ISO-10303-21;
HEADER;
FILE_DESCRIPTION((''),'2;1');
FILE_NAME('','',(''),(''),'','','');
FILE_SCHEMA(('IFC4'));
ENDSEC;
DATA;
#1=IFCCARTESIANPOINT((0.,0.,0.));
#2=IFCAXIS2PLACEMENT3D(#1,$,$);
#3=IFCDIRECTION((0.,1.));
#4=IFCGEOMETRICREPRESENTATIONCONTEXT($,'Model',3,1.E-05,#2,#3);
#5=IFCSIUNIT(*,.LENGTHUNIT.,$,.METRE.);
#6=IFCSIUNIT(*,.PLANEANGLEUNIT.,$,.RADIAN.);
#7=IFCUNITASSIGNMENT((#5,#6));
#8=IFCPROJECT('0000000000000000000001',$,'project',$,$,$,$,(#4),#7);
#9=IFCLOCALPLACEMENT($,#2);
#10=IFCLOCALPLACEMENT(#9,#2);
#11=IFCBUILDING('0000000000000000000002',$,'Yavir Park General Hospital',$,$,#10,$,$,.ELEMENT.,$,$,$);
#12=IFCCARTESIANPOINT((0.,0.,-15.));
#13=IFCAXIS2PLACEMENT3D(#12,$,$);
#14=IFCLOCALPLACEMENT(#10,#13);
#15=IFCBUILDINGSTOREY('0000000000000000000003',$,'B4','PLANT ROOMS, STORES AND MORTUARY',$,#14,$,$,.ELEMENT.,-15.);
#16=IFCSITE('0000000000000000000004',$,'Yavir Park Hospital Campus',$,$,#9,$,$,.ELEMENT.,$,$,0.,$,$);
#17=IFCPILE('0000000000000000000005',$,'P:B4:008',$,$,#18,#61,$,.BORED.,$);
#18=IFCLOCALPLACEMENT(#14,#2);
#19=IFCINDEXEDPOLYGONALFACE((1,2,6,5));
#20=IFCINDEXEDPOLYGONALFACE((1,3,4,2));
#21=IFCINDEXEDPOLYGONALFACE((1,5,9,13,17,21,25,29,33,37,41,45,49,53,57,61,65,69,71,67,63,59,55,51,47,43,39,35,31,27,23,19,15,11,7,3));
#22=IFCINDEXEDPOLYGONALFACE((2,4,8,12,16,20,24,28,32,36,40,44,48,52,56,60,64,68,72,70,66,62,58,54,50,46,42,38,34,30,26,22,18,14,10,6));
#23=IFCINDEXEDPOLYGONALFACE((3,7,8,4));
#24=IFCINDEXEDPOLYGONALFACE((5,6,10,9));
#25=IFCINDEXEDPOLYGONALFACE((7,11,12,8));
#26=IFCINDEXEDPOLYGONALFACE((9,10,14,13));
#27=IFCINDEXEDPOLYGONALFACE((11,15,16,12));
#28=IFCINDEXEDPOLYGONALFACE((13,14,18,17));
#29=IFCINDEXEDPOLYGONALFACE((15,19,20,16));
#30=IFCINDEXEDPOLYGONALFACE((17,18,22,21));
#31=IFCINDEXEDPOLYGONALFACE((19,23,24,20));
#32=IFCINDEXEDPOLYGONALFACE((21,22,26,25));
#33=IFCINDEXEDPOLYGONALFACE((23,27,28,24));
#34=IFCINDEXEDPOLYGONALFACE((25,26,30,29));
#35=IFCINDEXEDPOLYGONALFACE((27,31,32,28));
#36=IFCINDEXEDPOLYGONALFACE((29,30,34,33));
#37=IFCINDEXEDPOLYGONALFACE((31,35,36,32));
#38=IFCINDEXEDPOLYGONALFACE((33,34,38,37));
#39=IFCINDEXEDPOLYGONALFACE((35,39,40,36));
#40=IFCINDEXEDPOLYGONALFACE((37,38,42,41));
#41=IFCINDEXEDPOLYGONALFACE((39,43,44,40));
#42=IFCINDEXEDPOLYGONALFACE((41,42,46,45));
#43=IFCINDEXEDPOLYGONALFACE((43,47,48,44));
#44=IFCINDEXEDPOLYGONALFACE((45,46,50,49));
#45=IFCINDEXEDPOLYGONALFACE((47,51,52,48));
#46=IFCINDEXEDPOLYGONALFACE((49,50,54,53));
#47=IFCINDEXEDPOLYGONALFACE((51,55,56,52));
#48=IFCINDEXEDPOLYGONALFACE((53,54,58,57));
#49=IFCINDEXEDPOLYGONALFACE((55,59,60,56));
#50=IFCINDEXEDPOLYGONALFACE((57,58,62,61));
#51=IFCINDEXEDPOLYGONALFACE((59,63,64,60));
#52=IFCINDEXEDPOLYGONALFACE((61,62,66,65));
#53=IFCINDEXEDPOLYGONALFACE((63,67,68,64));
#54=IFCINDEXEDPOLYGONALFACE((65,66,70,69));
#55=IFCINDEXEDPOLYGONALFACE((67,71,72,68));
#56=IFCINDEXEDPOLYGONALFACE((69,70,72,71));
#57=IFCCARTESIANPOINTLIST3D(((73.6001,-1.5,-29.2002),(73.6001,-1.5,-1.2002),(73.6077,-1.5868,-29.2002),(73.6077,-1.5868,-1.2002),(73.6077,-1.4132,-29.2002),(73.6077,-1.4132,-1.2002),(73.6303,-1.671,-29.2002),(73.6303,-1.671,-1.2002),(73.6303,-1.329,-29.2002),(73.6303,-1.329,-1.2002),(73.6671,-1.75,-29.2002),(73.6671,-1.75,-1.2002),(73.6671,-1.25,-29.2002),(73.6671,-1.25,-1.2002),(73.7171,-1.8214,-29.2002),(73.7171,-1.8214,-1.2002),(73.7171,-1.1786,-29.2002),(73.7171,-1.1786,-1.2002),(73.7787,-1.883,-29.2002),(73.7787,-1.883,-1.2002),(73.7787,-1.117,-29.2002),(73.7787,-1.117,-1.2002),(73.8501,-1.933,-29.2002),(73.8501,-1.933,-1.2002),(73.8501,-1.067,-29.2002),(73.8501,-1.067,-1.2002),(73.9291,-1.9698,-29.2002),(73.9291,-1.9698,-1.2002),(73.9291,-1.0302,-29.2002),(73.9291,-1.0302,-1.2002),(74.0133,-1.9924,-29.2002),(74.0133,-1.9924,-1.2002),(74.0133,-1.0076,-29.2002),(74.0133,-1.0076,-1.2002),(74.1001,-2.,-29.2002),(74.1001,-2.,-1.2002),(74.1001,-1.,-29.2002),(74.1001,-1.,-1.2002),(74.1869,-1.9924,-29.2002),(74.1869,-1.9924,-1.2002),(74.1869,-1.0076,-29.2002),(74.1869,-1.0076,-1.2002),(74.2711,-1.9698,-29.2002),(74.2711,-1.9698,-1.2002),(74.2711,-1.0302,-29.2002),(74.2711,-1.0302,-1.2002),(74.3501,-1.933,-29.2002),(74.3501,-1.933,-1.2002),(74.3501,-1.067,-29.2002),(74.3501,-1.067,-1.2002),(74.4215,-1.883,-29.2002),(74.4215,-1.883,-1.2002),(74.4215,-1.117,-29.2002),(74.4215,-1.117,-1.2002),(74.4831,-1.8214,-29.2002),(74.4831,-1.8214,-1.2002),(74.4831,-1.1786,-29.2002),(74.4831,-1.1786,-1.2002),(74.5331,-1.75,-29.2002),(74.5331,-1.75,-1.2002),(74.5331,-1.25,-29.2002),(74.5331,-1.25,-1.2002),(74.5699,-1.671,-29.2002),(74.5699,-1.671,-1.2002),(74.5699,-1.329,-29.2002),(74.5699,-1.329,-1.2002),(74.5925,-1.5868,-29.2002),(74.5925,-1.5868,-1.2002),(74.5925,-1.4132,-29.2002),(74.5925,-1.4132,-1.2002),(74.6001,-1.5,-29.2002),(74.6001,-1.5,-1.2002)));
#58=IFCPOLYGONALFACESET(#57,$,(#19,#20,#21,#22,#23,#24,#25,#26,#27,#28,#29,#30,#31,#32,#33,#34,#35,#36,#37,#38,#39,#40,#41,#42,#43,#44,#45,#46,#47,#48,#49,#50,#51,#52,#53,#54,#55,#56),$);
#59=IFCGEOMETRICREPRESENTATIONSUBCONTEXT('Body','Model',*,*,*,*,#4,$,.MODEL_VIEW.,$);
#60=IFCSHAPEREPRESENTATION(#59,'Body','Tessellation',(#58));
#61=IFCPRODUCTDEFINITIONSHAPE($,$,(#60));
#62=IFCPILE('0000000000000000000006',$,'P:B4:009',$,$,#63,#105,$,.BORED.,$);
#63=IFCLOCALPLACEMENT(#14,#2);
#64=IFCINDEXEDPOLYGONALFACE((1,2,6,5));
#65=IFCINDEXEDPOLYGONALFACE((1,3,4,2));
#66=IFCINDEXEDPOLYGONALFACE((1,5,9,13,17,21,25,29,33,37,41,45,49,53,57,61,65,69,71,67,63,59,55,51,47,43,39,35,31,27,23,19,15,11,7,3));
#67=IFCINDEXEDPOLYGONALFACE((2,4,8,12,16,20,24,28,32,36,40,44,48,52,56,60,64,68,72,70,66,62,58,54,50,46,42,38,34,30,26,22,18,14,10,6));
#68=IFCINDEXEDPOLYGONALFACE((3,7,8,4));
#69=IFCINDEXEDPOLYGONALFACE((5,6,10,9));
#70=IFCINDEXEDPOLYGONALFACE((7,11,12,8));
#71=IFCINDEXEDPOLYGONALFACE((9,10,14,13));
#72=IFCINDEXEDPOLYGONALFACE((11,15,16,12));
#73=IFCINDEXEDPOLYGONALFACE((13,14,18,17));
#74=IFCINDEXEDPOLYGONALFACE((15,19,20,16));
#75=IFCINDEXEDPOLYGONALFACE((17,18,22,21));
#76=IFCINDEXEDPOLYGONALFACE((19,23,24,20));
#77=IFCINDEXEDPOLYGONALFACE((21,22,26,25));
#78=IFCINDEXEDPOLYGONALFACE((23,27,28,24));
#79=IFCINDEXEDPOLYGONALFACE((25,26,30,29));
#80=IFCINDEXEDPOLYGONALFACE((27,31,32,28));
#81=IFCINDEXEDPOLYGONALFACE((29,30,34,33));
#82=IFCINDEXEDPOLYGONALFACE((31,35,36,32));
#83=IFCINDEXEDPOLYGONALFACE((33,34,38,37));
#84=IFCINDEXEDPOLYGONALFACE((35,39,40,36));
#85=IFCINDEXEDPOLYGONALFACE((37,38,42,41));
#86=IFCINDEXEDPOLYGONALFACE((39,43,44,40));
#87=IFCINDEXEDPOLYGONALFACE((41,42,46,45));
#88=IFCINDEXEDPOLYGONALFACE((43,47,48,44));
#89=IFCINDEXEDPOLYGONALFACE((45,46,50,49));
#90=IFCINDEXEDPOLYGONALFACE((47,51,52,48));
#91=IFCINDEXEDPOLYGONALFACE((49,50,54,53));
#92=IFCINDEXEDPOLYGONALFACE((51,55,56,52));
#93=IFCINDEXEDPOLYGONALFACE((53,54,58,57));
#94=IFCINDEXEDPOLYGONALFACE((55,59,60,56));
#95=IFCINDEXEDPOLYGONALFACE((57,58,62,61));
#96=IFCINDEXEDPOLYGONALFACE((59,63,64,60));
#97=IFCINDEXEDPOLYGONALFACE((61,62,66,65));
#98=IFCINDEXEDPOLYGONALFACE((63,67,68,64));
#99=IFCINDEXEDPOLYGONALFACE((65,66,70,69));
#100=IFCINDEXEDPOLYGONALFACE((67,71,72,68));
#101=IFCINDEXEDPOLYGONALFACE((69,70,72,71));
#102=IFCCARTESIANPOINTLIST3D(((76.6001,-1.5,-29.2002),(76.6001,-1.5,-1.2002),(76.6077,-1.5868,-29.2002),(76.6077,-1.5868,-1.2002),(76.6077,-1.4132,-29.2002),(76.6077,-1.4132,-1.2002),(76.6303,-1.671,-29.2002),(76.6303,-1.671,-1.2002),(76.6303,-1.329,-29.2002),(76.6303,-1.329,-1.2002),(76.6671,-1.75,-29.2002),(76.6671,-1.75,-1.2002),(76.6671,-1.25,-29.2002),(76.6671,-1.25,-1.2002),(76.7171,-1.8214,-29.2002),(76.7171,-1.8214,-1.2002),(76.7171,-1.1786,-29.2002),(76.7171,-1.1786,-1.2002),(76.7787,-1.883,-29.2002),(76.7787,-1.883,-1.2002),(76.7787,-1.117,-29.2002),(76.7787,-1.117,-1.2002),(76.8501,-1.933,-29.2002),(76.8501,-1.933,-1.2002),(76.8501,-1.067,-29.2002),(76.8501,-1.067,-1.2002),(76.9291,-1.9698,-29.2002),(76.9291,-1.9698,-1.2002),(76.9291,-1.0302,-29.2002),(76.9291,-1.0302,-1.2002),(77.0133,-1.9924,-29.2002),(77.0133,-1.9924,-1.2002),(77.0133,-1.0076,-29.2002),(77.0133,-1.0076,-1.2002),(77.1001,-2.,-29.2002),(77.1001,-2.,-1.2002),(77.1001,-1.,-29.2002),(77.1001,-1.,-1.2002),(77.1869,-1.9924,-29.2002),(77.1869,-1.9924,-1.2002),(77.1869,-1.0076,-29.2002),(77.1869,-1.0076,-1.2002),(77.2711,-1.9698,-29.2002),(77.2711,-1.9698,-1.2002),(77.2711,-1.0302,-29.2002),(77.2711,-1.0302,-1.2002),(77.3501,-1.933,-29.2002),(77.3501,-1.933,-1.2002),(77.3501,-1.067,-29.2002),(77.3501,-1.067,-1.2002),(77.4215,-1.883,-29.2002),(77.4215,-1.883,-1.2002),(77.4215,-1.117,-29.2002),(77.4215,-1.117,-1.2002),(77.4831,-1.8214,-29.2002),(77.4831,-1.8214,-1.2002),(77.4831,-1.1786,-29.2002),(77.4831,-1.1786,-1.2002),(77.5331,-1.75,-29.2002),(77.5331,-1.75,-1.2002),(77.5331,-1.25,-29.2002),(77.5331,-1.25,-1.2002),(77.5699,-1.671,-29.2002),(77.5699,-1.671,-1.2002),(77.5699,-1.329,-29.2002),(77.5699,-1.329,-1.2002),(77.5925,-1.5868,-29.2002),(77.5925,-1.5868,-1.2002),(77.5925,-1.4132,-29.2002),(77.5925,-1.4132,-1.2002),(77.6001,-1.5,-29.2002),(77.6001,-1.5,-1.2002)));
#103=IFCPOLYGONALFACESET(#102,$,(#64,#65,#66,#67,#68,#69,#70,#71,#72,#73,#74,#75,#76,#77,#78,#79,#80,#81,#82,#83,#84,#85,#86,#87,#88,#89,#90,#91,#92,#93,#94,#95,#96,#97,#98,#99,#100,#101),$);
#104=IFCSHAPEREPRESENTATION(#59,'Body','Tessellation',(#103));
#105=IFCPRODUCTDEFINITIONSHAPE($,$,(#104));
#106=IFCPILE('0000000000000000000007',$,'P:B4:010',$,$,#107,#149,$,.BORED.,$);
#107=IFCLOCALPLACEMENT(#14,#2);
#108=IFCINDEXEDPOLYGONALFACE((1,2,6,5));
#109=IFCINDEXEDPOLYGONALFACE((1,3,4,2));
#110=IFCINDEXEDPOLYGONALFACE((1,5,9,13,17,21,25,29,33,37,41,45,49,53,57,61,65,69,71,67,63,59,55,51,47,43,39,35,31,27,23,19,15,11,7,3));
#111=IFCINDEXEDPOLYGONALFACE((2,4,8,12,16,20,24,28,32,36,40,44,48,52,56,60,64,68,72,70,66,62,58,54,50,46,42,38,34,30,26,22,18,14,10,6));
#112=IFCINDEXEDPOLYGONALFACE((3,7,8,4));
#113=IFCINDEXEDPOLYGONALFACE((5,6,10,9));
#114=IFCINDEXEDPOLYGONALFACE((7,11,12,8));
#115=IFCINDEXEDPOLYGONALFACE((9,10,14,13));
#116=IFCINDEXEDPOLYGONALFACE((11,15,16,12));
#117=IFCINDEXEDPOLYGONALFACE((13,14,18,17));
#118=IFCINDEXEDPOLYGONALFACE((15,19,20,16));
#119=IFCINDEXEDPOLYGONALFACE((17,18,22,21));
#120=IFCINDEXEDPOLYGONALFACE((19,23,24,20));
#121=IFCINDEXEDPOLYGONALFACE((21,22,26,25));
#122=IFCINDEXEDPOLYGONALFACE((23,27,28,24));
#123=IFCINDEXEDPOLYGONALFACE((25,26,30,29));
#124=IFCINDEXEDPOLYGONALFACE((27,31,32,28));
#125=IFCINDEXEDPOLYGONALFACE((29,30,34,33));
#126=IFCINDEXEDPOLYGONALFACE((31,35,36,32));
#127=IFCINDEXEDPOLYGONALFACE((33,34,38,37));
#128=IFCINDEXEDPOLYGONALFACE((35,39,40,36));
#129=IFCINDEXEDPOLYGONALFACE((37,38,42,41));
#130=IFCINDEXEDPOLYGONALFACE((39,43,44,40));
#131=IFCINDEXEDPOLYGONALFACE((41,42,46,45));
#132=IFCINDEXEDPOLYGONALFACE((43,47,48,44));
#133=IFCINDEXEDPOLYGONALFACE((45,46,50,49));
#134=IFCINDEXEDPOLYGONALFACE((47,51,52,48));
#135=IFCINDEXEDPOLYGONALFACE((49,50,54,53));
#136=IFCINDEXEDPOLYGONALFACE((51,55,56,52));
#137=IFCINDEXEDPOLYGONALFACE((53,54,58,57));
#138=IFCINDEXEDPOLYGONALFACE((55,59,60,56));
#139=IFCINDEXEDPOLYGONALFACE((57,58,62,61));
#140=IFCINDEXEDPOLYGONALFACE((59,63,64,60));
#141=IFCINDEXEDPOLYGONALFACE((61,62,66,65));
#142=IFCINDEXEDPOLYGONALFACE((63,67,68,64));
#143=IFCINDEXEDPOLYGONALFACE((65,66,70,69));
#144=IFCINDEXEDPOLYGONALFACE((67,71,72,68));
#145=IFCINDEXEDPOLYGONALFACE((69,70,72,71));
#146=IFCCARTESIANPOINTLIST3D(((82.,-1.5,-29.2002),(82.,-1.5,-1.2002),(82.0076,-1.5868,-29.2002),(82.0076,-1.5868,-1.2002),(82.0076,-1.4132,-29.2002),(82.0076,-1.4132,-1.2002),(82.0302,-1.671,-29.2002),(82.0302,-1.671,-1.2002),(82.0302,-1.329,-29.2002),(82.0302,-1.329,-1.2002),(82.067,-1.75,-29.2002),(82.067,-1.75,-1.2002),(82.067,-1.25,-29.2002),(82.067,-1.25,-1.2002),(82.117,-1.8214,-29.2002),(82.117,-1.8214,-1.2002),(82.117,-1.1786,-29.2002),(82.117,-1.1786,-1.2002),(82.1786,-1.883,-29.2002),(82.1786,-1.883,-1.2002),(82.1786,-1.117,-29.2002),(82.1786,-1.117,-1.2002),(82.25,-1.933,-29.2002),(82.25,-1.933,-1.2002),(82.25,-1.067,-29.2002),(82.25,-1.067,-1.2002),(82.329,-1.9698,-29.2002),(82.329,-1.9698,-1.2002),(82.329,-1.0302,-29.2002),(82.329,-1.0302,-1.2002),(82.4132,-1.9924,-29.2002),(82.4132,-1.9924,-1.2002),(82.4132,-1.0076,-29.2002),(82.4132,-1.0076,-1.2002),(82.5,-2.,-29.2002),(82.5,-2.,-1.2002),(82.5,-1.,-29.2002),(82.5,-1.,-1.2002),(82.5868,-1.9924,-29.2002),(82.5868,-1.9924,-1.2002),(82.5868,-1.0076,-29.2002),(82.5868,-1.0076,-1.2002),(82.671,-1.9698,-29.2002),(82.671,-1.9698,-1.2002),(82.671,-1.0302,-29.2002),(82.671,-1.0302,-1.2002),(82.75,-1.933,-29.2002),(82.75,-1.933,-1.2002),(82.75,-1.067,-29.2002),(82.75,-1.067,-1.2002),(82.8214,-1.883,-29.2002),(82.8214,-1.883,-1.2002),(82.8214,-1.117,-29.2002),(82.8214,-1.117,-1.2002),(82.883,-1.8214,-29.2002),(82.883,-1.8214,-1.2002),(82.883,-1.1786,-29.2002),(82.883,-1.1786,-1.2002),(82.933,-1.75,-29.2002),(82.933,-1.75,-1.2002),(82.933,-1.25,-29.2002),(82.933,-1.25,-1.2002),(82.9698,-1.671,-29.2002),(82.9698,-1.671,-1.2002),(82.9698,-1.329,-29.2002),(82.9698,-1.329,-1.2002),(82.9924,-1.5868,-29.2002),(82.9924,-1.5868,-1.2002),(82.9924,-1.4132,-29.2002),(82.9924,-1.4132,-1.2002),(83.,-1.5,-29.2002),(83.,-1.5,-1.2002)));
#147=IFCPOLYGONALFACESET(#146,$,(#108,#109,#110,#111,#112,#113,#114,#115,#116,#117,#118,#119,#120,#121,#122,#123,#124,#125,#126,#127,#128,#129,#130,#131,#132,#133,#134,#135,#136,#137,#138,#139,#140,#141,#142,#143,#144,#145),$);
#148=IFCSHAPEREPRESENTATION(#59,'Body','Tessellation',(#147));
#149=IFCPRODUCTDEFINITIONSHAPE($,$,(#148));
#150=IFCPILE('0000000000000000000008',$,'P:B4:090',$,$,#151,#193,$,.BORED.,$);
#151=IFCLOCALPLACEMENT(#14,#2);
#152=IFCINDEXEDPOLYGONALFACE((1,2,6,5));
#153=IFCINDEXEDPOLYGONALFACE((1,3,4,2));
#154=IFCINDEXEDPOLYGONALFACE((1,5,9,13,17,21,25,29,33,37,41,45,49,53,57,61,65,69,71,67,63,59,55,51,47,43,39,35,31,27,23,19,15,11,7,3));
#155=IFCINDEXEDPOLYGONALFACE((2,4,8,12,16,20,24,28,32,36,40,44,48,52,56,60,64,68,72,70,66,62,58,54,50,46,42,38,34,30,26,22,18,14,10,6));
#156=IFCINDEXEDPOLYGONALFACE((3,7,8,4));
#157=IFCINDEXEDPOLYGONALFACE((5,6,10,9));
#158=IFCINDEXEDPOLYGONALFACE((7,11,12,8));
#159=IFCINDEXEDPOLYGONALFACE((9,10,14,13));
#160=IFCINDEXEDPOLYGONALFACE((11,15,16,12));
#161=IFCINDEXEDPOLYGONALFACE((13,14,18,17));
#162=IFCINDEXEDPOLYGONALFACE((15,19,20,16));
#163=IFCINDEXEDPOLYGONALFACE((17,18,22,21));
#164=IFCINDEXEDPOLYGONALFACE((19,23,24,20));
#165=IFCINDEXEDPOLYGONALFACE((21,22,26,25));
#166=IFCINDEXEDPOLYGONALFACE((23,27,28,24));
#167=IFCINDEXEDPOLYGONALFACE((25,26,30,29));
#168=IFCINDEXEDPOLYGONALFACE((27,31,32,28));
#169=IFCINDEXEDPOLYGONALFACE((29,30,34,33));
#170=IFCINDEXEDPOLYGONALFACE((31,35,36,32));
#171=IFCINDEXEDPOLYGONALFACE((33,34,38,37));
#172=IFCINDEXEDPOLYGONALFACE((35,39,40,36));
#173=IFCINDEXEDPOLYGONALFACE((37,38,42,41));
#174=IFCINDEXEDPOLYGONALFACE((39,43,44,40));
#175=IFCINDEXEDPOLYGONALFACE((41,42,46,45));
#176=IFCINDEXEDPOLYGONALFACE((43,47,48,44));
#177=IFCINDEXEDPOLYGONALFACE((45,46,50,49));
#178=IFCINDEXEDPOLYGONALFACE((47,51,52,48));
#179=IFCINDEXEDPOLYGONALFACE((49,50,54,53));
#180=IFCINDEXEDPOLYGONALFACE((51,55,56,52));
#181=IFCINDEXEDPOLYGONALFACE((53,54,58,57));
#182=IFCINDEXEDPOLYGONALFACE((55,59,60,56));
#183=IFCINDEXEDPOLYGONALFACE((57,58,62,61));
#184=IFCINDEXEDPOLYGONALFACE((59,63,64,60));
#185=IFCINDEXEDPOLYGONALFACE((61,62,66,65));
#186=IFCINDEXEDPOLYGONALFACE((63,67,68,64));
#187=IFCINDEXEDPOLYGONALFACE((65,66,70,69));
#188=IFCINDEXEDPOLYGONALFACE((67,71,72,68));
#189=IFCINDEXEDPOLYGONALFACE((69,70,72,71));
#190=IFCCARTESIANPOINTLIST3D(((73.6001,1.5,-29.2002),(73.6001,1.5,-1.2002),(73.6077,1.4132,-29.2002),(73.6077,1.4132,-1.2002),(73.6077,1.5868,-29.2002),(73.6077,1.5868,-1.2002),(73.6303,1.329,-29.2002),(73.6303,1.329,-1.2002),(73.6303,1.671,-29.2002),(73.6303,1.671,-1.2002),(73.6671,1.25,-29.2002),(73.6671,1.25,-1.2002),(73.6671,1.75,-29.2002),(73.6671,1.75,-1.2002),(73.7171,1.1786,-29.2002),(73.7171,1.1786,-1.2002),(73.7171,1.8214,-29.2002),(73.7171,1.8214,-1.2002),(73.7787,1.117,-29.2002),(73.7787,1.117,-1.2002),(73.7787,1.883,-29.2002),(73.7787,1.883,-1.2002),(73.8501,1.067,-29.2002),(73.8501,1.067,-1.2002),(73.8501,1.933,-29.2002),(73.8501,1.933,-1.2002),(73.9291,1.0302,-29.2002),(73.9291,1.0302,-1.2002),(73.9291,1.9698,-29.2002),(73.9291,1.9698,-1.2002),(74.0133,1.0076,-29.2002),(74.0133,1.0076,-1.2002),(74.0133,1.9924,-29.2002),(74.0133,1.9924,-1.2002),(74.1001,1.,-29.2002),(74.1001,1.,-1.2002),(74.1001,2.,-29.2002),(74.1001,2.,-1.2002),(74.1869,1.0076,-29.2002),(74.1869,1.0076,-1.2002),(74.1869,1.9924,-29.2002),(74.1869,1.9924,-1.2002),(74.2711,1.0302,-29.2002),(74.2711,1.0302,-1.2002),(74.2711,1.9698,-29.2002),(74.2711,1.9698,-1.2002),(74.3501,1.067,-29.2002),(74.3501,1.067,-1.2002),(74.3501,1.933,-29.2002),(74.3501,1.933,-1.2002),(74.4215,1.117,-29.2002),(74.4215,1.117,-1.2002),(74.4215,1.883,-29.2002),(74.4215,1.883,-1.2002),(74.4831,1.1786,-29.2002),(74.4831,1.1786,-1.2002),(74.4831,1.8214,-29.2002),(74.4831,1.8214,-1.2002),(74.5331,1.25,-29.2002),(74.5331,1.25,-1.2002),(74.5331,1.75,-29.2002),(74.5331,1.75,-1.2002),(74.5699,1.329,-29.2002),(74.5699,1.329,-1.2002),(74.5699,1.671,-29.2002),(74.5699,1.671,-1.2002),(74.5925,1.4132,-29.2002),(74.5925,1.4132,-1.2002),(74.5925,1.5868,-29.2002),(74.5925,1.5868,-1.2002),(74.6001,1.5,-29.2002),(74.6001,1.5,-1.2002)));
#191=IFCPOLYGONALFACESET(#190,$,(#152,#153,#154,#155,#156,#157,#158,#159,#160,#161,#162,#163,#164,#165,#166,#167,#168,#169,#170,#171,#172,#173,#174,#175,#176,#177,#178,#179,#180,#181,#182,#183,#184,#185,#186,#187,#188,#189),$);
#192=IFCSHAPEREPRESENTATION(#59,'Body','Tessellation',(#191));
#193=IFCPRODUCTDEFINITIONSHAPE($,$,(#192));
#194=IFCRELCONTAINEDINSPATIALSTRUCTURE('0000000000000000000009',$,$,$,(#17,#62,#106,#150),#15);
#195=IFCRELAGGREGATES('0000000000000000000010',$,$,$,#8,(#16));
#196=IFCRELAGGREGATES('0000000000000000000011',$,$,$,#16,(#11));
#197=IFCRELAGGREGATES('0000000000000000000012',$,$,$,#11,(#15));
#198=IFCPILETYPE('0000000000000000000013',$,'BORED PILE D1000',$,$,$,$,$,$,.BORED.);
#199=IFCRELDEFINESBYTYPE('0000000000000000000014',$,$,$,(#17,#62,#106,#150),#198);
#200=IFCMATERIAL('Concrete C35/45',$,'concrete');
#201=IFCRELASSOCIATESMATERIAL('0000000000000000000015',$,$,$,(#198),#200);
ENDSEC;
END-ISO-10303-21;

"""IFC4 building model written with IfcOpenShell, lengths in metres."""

from ifc_helpers import new_model, si_unit, direction, frame, origin, origin_2d, place, context, subcontext, project, spatial, circle, extrude, material, material_profile, profile_set, type_object, element, save


model = new_model("IFC4")

# Units and contexts
model_context = context("Model", 3, precision=1e-05, world=origin(), true_north=direction((0.0, 1.0)))
body_context = subcontext(model_context, "Body", "Model", "MODEL_VIEW")
ifc_project = project(units=[si_unit("LENGTHUNIT", "METRE"), si_unit("PLANEANGLEUNIT", "RADIAN")], contexts=[model_context])

# Site, building, storey
site_placement = place(None, origin())
site = spatial("IfcSite", under=ifc_project, at=site_placement, Name="Yavir Park Hospital Campus", CompositionType="ELEMENT", RefElevation=0.0)
building_placement = place(site_placement, origin())
building = spatial("IfcBuilding", under=site, at=building_placement, Name="Yavir Park General Hospital", CompositionType="ELEMENT")
storey_placement = place(building_placement, frame((0.0, 0.0, -15.0)))
storey = spatial("IfcBuildingStorey", under=building, at=storey_placement, Name="B4", Description="PLANT ROOMS, STORES AND MORTUARY", CompositionType="ELEMENT", Elevation=-15.0)

# Piles
ifc_material_1 = material(Name="Concrete C35/45", Category="concrete")
ifc_material_profile_1 = material_profile(ifc_material_1, circle(Radius=0.5, at=origin_2d()), Name="D1000")
ifc_profile_set_1 = profile_set([ifc_material_profile_1], Name="Concrete C35/45")
pile_type_1 = type_object("IfcPileType", Name="BORED PILE D1000", PredefinedType="BORED", material=ifc_profile_set_1)
for number, where, z_axis, x_axis, name in (
    (1, (74.1001, -1.5, -1.2002), (0.0, 0.0, -1.0), (1.0, 0.0, 0.0), "P:B4:008"),
    (2, (77.1001, -1.5, -1.2002), (0.0, 0.0, -1.0), (1.0, 0.0, 0.0), "P:B4:009"),
    (3, (82.5, -1.5, -1.2002), (0.0, 0.0, -1.0), (1.0, 0.0, 0.0), "P:B4:010"),
    (4, (74.1001, 1.5, -1.2002), (0.0, 0.0, -1.0), (1.0, 0.0, 0.0), "P:B4:090"),
):
    element("IfcPile", number, at=place(storey_placement, frame(where, z_axis=z_axis, x_axis=x_axis)), inside=storey, type_object=pile_type_1, Name=name, PredefinedType="BORED", context=body_context, shape_type="SweptSolid", body=[
        extrude(circle(Radius=0.5, at=origin_2d()), origin(), (0.0, 0.0, 1.0), 28.0),
    ])

save(model, "model.ifc")
